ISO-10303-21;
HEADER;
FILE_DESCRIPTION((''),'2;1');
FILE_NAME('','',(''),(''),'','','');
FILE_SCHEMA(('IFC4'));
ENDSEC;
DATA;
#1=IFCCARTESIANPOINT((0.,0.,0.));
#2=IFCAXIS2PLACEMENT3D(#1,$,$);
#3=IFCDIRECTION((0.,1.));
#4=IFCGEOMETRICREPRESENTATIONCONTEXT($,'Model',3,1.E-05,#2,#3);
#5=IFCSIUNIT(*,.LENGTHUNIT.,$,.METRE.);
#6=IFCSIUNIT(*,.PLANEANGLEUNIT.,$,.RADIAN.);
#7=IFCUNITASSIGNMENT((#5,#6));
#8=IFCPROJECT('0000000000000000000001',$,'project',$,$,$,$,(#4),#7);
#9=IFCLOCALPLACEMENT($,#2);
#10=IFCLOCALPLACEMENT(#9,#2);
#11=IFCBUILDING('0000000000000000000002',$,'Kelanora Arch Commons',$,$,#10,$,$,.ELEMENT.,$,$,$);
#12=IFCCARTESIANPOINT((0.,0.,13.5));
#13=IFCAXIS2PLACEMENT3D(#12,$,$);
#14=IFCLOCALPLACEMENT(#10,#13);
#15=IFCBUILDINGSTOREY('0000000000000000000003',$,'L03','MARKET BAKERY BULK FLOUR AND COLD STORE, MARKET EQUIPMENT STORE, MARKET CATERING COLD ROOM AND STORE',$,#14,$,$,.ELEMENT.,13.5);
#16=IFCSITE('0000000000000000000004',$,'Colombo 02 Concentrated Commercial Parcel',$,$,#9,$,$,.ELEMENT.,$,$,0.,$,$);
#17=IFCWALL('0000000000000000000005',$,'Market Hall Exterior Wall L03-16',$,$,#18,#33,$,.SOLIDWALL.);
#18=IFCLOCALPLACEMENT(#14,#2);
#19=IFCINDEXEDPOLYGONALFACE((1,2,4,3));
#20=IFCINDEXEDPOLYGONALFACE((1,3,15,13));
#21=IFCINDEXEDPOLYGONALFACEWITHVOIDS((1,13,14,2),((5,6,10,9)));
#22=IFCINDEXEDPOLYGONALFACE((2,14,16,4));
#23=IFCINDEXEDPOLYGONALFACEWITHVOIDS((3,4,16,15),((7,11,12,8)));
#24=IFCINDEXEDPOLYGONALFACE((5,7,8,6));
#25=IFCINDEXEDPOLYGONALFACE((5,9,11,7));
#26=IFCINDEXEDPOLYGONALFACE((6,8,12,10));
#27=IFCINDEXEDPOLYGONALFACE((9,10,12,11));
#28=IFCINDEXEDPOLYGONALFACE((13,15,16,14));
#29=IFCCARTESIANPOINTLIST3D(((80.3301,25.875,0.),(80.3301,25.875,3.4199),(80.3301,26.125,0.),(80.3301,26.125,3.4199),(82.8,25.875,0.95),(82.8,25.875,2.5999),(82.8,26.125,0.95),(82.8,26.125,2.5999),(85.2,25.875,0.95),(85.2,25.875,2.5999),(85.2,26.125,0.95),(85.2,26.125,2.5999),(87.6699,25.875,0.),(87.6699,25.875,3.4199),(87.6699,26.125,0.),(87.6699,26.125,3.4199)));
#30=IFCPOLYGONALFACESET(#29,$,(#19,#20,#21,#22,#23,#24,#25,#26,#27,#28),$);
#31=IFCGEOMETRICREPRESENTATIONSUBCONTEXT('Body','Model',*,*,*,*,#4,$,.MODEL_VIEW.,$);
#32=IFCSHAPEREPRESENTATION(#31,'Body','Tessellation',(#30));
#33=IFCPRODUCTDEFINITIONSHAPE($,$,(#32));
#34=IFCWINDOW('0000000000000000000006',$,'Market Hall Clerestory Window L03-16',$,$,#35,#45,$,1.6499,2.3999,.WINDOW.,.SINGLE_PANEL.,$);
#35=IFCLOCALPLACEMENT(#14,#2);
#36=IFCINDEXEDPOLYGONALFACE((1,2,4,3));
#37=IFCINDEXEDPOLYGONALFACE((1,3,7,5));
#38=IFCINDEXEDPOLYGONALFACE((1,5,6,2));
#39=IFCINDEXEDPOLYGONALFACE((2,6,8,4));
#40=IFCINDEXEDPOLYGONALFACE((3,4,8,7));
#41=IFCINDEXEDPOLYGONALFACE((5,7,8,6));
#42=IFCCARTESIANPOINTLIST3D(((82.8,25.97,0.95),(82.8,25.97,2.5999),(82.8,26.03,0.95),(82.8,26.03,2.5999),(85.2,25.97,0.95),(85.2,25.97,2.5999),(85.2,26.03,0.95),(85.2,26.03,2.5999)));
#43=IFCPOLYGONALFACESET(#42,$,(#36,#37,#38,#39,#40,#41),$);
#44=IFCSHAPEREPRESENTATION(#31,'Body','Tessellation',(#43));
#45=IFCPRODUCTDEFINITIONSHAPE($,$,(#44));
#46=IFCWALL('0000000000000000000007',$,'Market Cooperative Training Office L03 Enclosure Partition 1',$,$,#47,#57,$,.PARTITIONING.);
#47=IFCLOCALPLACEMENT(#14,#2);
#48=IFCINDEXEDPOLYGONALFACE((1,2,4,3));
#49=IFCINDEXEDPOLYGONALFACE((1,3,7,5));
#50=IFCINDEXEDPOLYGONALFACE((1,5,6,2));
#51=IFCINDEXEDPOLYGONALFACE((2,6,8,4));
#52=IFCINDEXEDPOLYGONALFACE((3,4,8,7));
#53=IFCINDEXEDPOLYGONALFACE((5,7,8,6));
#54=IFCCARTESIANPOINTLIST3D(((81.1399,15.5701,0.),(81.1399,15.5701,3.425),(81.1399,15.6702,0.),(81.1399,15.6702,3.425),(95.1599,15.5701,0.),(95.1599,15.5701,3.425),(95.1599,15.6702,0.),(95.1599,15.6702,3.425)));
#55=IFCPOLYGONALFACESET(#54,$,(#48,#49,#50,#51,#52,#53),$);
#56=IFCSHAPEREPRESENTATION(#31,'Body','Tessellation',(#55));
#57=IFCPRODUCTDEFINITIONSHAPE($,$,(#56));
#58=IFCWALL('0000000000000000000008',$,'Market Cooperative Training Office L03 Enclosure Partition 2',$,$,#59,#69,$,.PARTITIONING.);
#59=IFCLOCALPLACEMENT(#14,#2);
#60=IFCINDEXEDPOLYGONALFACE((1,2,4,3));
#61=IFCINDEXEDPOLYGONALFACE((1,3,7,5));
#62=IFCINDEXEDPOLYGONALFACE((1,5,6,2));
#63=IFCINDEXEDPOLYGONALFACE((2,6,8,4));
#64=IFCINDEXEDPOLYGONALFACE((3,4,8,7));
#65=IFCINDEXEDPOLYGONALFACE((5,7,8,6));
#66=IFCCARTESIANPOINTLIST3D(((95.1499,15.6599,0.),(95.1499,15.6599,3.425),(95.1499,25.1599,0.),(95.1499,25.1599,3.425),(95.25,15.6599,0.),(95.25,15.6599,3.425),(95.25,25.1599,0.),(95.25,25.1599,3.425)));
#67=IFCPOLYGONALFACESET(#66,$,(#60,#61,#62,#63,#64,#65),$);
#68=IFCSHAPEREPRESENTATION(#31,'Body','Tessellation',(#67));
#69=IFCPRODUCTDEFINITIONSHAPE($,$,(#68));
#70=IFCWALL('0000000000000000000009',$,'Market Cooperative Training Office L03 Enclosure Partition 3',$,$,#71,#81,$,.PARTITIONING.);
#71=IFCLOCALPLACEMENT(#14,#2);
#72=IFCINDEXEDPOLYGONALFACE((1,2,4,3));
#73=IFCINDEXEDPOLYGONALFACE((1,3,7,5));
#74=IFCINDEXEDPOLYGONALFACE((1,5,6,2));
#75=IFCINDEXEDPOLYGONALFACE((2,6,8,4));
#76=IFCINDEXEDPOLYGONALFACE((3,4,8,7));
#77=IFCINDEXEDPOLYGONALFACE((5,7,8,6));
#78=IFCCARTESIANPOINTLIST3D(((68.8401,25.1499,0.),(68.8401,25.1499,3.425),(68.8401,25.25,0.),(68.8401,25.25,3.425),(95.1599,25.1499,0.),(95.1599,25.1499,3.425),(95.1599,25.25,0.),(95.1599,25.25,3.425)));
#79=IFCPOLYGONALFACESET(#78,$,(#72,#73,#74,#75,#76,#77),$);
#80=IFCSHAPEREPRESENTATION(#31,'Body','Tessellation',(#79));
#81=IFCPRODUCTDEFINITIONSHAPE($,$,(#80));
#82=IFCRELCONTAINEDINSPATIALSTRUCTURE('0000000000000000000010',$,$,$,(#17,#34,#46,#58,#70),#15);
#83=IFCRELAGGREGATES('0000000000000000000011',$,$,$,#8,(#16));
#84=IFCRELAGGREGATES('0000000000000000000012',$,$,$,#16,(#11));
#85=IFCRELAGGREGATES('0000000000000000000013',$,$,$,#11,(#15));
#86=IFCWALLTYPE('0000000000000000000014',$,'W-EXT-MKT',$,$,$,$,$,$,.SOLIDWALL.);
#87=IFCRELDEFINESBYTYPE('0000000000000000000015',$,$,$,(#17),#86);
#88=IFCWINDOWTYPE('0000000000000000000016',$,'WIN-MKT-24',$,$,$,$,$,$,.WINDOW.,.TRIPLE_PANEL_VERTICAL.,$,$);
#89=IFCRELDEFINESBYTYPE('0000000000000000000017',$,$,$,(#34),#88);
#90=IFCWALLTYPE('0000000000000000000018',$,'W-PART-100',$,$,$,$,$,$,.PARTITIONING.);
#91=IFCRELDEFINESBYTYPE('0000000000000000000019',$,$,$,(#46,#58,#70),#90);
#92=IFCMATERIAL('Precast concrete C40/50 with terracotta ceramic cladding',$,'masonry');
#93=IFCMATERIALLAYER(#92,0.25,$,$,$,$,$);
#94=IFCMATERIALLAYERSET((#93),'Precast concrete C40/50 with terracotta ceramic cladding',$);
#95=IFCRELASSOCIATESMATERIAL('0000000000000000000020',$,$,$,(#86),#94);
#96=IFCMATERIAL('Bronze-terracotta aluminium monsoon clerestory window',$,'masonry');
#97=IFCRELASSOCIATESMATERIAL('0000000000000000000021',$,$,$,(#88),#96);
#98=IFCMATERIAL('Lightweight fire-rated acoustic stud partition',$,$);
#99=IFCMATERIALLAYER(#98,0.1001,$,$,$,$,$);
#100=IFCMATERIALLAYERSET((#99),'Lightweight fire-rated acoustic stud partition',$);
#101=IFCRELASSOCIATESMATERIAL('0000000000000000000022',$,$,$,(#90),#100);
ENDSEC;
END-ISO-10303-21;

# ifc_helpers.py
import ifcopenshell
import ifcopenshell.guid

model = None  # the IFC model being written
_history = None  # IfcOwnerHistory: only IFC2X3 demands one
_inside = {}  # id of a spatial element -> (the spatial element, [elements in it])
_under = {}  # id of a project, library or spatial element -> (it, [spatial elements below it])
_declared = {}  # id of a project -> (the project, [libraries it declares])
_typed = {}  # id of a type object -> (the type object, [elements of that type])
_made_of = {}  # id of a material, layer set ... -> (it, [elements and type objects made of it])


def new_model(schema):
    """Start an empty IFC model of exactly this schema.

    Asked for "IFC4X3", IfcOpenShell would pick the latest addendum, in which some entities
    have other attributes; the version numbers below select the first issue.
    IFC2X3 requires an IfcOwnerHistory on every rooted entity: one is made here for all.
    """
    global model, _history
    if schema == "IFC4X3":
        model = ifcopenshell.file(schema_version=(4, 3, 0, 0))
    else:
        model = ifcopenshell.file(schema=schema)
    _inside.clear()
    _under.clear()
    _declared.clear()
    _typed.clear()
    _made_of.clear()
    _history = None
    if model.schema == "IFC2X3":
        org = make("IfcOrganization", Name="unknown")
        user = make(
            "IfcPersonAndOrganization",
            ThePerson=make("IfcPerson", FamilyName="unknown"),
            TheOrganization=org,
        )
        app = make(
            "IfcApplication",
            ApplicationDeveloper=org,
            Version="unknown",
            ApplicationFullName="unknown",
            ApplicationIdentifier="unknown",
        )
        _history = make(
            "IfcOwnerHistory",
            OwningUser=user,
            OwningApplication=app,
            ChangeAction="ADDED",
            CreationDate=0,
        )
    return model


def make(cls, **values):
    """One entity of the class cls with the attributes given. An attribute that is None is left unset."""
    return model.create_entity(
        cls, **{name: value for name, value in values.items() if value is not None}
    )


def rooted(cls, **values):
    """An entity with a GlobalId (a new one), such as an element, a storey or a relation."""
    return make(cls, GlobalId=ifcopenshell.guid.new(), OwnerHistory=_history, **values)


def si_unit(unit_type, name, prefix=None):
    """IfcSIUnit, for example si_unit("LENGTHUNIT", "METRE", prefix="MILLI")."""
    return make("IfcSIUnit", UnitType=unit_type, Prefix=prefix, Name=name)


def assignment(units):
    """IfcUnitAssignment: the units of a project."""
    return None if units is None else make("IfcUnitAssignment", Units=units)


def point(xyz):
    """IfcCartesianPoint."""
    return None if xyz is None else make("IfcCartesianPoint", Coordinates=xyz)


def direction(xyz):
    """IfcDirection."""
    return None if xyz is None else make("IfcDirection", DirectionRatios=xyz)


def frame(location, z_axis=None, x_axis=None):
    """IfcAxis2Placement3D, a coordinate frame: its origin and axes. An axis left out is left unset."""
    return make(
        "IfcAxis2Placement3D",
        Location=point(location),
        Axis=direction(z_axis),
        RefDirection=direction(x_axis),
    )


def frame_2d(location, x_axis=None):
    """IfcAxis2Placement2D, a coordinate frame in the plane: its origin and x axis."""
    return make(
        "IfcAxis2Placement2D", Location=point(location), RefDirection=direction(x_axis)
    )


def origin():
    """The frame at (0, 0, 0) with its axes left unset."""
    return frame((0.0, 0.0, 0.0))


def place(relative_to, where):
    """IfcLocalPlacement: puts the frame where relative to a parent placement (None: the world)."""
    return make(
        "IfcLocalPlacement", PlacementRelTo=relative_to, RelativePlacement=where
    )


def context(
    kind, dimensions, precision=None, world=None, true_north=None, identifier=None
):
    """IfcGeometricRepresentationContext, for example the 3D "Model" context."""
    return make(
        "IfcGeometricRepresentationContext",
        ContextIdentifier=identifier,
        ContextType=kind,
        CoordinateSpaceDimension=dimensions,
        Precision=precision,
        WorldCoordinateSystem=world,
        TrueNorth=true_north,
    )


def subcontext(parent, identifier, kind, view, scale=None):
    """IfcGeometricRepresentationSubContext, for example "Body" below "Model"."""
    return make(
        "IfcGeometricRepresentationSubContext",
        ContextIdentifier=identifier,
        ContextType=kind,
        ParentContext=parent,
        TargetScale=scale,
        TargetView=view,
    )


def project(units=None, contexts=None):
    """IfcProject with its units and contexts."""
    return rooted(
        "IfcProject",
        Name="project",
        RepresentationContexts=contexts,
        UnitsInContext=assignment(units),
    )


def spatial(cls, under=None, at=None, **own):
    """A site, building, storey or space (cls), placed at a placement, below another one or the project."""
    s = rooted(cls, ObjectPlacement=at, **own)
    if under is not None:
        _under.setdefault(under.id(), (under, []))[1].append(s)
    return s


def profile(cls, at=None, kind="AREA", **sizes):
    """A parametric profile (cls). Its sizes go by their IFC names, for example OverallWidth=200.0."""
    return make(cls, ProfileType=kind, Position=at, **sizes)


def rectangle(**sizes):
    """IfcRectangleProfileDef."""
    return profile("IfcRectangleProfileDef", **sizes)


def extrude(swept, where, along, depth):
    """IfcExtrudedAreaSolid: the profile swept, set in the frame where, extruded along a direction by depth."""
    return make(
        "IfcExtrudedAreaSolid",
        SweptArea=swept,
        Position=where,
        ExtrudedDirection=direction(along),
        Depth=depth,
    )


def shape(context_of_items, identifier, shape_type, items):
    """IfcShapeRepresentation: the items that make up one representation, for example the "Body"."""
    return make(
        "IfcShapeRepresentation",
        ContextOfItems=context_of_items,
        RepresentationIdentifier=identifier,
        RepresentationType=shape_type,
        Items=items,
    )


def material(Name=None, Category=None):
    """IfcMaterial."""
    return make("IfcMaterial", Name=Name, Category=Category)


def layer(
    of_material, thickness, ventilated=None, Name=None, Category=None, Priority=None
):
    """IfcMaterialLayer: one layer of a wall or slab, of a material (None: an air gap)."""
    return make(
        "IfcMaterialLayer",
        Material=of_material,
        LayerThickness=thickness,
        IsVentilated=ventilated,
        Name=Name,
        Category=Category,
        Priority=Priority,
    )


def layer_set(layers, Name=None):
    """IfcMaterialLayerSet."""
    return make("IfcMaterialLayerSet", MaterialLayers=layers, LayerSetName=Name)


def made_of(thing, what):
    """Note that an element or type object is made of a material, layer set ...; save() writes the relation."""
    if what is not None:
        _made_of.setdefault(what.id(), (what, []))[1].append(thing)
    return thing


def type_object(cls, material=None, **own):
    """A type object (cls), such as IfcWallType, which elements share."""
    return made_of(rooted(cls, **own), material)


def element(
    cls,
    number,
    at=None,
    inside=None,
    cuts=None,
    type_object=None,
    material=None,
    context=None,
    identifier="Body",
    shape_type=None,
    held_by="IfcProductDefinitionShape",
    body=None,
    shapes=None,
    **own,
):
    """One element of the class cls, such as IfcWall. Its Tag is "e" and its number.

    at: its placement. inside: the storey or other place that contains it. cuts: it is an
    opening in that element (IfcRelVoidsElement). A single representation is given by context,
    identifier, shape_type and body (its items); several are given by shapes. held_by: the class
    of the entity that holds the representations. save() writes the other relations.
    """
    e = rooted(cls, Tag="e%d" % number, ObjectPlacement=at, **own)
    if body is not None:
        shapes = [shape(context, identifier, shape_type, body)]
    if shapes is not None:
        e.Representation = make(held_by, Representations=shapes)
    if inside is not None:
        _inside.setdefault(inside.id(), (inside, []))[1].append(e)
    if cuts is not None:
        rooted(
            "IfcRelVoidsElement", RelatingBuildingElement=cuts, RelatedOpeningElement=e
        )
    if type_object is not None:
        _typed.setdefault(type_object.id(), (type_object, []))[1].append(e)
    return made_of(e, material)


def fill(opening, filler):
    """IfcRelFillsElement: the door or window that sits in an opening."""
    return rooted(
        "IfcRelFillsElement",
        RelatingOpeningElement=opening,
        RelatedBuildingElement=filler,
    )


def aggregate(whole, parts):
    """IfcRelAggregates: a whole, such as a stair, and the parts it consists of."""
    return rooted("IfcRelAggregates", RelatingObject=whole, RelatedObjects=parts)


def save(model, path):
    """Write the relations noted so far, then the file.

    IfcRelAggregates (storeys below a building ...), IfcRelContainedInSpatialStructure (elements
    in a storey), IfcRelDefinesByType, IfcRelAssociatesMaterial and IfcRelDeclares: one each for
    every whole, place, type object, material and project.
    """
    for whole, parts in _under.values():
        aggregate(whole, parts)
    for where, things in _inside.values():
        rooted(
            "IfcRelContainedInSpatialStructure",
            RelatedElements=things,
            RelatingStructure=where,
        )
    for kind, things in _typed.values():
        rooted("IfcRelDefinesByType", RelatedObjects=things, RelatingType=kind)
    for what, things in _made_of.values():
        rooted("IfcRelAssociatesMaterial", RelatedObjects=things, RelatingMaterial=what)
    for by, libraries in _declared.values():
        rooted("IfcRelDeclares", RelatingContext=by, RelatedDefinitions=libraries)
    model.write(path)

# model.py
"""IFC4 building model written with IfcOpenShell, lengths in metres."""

from ifc_helpers import new_model, si_unit, direction, frame, frame_2d, origin, place, context, subcontext, project, spatial, rectangle, extrude, material, layer, layer_set, type_object, element, fill, save


model = new_model("IFC4")

# Units and contexts
model_context = context("Model", 3, precision=1e-05, world=origin(), true_north=direction((0.0, 1.0)))
body_context = subcontext(model_context, "Body", "Model", "MODEL_VIEW")
ifc_project = project(units=[si_unit("LENGTHUNIT", "METRE"), si_unit("PLANEANGLEUNIT", "RADIAN")], contexts=[model_context])

# Site, building, storey
site_placement = place(None, origin())
site = spatial("IfcSite", under=ifc_project, at=site_placement, Name="Colombo 02 Concentrated Commercial Parcel", CompositionType="ELEMENT", RefElevation=0.0)
building_placement = place(site_placement, origin())
building = spatial("IfcBuilding", under=site, at=building_placement, Name="Kelanora Arch Commons", CompositionType="ELEMENT")
storey_placement = place(building_placement, frame((0.0, 0.0, 13.5)))
storey = spatial("IfcBuildingStorey", under=building, at=storey_placement, Name="L03", Description="MARKET BAKERY BULK FLOUR AND COLD STORE, MARKET EQUIPMENT STORE, MARKET CATERING COLD ROOM AND STORE", CompositionType="ELEMENT", Elevation=13.5)

# Wall, opening, window
ifc_material_1 = material(Name="Precast concrete C40/50 with terracotta ceramic cladding", Category="masonry")
ifc_layer_1 = layer(ifc_material_1, 0.25)
ifc_layer_set_1 = layer_set([ifc_layer_1], Name="Precast concrete C40/50 with terracotta ceramic cladding")
wall_type_1 = type_object("IfcWallType", Name="W-EXT-MKT", PredefinedType="SOLIDWALL", material=ifc_layer_set_1)
ifc_material_2 = material(Name="Bronze-terracotta aluminium monsoon clerestory window", Category="masonry")
window_type = type_object("IfcWindowType", Name="WIN-MKT-24", PartitioningType="TRIPLE_PANEL_VERTICAL", PredefinedType="WINDOW", material=ifc_material_2)
wall_1_placement = place(storey_placement, frame((87.6699, 26.0, 0.0), z_axis=(0.0, 0.0, 1.0), x_axis=(-1.0, 0.0, 0.0)))
wall_1 = element("IfcWall", 1, at=wall_1_placement, inside=storey, type_object=wall_type_1, Name="Market Hall Exterior Wall L03-16", PredefinedType="SOLIDWALL", context=body_context, shape_type="SweptSolid", body=[
    extrude(rectangle(XDim=7.3398, YDim=0.25, at=frame_2d((3.6699, 0.0))), origin(), (0.0, 0.0, 1.0), 3.4199),
])
opening_1_placement = place(wall_1_placement, frame((2.47, 0.0, 0.95)))
opening_1 = element("IfcOpeningElement", 2, at=opening_1_placement, cuts=wall_1, PredefinedType="OPENING", context=body_context, shape_type="SweptSolid", body=[
    extrude(rectangle(XDim=2.3999, YDim=1.6499, at=frame_2d((1.2, 0.825))), frame((0.0, 0.135, 0.0), z_axis=(0.0, -1.0, 0.0), x_axis=(1.0, 0.0, 0.0)), (0.0, 0.0, 1.0), 0.27),
])
window_1_placement = place(opening_1_placement, origin())
window_1 = element("IfcWindow", 3, at=window_1_placement, inside=storey, type_object=window_type, Name="Market Hall Clerestory Window L03-16", OverallHeight=1.6499, OverallWidth=2.3999, PartitioningType="SINGLE_PANEL", PredefinedType="WINDOW", context=body_context, shape_type="SweptSolid", body=[
    extrude(rectangle(XDim=2.3999, YDim=1.6499, at=frame_2d((1.2, 0.825))), frame((0.0, 0.03, 0.0), z_axis=(0.0, -1.0, 0.0), x_axis=(1.0, 0.0, 0.0)), (0.0, 0.0, 1.0), 0.0601),
])
fill(opening_1, window_1)

# Walls
ifc_material_3 = material(Name="Lightweight fire-rated acoustic stud partition")
ifc_layer_2 = layer(ifc_material_3, 0.1001)
ifc_layer_set_2 = layer_set([ifc_layer_2], Name="Lightweight fire-rated acoustic stud partition")
wall_type_2 = type_object("IfcWallType", Name="W-PART-100", PredefinedType="PARTITIONING", material=ifc_layer_set_2)
wall_2_placement = place(storey_placement, frame((81.1399, 15.6201, 0.0), z_axis=(0.0, 0.0, 1.0), x_axis=(1.0, 0.0, 0.0)))
element("IfcWall", 4, at=wall_2_placement, inside=storey, type_object=wall_type_2, Name="Market Cooperative Training Office L03 Enclosure Partition 1", PredefinedType="PARTITIONING", context=body_context, shape_type="SweptSolid", body=[
    extrude(rectangle(XDim=14.02, YDim=0.1001, at=frame_2d((7.01, 0.0))), origin(), (0.0, 0.0, 1.0), 3.425),
])
wall_3_placement = place(storey_placement, frame((95.2, 15.6599, 0.0), z_axis=(0.0, 0.0, 1.0), x_axis=(0.0, 1.0, 0.0)))
element("IfcWall", 5, at=wall_3_placement, inside=storey, type_object=wall_type_2, Name="Market Cooperative Training Office L03 Enclosure Partition 2", PredefinedType="PARTITIONING", context=body_context, shape_type="SweptSolid", body=[
    extrude(rectangle(XDim=9.5, YDim=0.1001, at=frame_2d((4.75, 0.0))), origin(), (0.0, 0.0, 1.0), 3.425),
])
wall_4_placement = place(storey_placement, frame((95.1599, 25.2, 0.0), z_axis=(0.0, 0.0, 1.0), x_axis=(-1.0, 0.0, 0.0)))
element("IfcWall", 6, at=wall_4_placement, inside=storey, type_object=wall_type_2, Name="Market Cooperative Training Office L03 Enclosure Partition 3", PredefinedType="PARTITIONING", context=body_context, shape_type="SweptSolid", body=[
    extrude(rectangle(XDim=26.3198, YDim=0.1001, at=frame_2d((13.1599, 0.0))), origin(), (0.0, 0.0, 1.0), 3.425),
])

save(model, "model.ifc")
